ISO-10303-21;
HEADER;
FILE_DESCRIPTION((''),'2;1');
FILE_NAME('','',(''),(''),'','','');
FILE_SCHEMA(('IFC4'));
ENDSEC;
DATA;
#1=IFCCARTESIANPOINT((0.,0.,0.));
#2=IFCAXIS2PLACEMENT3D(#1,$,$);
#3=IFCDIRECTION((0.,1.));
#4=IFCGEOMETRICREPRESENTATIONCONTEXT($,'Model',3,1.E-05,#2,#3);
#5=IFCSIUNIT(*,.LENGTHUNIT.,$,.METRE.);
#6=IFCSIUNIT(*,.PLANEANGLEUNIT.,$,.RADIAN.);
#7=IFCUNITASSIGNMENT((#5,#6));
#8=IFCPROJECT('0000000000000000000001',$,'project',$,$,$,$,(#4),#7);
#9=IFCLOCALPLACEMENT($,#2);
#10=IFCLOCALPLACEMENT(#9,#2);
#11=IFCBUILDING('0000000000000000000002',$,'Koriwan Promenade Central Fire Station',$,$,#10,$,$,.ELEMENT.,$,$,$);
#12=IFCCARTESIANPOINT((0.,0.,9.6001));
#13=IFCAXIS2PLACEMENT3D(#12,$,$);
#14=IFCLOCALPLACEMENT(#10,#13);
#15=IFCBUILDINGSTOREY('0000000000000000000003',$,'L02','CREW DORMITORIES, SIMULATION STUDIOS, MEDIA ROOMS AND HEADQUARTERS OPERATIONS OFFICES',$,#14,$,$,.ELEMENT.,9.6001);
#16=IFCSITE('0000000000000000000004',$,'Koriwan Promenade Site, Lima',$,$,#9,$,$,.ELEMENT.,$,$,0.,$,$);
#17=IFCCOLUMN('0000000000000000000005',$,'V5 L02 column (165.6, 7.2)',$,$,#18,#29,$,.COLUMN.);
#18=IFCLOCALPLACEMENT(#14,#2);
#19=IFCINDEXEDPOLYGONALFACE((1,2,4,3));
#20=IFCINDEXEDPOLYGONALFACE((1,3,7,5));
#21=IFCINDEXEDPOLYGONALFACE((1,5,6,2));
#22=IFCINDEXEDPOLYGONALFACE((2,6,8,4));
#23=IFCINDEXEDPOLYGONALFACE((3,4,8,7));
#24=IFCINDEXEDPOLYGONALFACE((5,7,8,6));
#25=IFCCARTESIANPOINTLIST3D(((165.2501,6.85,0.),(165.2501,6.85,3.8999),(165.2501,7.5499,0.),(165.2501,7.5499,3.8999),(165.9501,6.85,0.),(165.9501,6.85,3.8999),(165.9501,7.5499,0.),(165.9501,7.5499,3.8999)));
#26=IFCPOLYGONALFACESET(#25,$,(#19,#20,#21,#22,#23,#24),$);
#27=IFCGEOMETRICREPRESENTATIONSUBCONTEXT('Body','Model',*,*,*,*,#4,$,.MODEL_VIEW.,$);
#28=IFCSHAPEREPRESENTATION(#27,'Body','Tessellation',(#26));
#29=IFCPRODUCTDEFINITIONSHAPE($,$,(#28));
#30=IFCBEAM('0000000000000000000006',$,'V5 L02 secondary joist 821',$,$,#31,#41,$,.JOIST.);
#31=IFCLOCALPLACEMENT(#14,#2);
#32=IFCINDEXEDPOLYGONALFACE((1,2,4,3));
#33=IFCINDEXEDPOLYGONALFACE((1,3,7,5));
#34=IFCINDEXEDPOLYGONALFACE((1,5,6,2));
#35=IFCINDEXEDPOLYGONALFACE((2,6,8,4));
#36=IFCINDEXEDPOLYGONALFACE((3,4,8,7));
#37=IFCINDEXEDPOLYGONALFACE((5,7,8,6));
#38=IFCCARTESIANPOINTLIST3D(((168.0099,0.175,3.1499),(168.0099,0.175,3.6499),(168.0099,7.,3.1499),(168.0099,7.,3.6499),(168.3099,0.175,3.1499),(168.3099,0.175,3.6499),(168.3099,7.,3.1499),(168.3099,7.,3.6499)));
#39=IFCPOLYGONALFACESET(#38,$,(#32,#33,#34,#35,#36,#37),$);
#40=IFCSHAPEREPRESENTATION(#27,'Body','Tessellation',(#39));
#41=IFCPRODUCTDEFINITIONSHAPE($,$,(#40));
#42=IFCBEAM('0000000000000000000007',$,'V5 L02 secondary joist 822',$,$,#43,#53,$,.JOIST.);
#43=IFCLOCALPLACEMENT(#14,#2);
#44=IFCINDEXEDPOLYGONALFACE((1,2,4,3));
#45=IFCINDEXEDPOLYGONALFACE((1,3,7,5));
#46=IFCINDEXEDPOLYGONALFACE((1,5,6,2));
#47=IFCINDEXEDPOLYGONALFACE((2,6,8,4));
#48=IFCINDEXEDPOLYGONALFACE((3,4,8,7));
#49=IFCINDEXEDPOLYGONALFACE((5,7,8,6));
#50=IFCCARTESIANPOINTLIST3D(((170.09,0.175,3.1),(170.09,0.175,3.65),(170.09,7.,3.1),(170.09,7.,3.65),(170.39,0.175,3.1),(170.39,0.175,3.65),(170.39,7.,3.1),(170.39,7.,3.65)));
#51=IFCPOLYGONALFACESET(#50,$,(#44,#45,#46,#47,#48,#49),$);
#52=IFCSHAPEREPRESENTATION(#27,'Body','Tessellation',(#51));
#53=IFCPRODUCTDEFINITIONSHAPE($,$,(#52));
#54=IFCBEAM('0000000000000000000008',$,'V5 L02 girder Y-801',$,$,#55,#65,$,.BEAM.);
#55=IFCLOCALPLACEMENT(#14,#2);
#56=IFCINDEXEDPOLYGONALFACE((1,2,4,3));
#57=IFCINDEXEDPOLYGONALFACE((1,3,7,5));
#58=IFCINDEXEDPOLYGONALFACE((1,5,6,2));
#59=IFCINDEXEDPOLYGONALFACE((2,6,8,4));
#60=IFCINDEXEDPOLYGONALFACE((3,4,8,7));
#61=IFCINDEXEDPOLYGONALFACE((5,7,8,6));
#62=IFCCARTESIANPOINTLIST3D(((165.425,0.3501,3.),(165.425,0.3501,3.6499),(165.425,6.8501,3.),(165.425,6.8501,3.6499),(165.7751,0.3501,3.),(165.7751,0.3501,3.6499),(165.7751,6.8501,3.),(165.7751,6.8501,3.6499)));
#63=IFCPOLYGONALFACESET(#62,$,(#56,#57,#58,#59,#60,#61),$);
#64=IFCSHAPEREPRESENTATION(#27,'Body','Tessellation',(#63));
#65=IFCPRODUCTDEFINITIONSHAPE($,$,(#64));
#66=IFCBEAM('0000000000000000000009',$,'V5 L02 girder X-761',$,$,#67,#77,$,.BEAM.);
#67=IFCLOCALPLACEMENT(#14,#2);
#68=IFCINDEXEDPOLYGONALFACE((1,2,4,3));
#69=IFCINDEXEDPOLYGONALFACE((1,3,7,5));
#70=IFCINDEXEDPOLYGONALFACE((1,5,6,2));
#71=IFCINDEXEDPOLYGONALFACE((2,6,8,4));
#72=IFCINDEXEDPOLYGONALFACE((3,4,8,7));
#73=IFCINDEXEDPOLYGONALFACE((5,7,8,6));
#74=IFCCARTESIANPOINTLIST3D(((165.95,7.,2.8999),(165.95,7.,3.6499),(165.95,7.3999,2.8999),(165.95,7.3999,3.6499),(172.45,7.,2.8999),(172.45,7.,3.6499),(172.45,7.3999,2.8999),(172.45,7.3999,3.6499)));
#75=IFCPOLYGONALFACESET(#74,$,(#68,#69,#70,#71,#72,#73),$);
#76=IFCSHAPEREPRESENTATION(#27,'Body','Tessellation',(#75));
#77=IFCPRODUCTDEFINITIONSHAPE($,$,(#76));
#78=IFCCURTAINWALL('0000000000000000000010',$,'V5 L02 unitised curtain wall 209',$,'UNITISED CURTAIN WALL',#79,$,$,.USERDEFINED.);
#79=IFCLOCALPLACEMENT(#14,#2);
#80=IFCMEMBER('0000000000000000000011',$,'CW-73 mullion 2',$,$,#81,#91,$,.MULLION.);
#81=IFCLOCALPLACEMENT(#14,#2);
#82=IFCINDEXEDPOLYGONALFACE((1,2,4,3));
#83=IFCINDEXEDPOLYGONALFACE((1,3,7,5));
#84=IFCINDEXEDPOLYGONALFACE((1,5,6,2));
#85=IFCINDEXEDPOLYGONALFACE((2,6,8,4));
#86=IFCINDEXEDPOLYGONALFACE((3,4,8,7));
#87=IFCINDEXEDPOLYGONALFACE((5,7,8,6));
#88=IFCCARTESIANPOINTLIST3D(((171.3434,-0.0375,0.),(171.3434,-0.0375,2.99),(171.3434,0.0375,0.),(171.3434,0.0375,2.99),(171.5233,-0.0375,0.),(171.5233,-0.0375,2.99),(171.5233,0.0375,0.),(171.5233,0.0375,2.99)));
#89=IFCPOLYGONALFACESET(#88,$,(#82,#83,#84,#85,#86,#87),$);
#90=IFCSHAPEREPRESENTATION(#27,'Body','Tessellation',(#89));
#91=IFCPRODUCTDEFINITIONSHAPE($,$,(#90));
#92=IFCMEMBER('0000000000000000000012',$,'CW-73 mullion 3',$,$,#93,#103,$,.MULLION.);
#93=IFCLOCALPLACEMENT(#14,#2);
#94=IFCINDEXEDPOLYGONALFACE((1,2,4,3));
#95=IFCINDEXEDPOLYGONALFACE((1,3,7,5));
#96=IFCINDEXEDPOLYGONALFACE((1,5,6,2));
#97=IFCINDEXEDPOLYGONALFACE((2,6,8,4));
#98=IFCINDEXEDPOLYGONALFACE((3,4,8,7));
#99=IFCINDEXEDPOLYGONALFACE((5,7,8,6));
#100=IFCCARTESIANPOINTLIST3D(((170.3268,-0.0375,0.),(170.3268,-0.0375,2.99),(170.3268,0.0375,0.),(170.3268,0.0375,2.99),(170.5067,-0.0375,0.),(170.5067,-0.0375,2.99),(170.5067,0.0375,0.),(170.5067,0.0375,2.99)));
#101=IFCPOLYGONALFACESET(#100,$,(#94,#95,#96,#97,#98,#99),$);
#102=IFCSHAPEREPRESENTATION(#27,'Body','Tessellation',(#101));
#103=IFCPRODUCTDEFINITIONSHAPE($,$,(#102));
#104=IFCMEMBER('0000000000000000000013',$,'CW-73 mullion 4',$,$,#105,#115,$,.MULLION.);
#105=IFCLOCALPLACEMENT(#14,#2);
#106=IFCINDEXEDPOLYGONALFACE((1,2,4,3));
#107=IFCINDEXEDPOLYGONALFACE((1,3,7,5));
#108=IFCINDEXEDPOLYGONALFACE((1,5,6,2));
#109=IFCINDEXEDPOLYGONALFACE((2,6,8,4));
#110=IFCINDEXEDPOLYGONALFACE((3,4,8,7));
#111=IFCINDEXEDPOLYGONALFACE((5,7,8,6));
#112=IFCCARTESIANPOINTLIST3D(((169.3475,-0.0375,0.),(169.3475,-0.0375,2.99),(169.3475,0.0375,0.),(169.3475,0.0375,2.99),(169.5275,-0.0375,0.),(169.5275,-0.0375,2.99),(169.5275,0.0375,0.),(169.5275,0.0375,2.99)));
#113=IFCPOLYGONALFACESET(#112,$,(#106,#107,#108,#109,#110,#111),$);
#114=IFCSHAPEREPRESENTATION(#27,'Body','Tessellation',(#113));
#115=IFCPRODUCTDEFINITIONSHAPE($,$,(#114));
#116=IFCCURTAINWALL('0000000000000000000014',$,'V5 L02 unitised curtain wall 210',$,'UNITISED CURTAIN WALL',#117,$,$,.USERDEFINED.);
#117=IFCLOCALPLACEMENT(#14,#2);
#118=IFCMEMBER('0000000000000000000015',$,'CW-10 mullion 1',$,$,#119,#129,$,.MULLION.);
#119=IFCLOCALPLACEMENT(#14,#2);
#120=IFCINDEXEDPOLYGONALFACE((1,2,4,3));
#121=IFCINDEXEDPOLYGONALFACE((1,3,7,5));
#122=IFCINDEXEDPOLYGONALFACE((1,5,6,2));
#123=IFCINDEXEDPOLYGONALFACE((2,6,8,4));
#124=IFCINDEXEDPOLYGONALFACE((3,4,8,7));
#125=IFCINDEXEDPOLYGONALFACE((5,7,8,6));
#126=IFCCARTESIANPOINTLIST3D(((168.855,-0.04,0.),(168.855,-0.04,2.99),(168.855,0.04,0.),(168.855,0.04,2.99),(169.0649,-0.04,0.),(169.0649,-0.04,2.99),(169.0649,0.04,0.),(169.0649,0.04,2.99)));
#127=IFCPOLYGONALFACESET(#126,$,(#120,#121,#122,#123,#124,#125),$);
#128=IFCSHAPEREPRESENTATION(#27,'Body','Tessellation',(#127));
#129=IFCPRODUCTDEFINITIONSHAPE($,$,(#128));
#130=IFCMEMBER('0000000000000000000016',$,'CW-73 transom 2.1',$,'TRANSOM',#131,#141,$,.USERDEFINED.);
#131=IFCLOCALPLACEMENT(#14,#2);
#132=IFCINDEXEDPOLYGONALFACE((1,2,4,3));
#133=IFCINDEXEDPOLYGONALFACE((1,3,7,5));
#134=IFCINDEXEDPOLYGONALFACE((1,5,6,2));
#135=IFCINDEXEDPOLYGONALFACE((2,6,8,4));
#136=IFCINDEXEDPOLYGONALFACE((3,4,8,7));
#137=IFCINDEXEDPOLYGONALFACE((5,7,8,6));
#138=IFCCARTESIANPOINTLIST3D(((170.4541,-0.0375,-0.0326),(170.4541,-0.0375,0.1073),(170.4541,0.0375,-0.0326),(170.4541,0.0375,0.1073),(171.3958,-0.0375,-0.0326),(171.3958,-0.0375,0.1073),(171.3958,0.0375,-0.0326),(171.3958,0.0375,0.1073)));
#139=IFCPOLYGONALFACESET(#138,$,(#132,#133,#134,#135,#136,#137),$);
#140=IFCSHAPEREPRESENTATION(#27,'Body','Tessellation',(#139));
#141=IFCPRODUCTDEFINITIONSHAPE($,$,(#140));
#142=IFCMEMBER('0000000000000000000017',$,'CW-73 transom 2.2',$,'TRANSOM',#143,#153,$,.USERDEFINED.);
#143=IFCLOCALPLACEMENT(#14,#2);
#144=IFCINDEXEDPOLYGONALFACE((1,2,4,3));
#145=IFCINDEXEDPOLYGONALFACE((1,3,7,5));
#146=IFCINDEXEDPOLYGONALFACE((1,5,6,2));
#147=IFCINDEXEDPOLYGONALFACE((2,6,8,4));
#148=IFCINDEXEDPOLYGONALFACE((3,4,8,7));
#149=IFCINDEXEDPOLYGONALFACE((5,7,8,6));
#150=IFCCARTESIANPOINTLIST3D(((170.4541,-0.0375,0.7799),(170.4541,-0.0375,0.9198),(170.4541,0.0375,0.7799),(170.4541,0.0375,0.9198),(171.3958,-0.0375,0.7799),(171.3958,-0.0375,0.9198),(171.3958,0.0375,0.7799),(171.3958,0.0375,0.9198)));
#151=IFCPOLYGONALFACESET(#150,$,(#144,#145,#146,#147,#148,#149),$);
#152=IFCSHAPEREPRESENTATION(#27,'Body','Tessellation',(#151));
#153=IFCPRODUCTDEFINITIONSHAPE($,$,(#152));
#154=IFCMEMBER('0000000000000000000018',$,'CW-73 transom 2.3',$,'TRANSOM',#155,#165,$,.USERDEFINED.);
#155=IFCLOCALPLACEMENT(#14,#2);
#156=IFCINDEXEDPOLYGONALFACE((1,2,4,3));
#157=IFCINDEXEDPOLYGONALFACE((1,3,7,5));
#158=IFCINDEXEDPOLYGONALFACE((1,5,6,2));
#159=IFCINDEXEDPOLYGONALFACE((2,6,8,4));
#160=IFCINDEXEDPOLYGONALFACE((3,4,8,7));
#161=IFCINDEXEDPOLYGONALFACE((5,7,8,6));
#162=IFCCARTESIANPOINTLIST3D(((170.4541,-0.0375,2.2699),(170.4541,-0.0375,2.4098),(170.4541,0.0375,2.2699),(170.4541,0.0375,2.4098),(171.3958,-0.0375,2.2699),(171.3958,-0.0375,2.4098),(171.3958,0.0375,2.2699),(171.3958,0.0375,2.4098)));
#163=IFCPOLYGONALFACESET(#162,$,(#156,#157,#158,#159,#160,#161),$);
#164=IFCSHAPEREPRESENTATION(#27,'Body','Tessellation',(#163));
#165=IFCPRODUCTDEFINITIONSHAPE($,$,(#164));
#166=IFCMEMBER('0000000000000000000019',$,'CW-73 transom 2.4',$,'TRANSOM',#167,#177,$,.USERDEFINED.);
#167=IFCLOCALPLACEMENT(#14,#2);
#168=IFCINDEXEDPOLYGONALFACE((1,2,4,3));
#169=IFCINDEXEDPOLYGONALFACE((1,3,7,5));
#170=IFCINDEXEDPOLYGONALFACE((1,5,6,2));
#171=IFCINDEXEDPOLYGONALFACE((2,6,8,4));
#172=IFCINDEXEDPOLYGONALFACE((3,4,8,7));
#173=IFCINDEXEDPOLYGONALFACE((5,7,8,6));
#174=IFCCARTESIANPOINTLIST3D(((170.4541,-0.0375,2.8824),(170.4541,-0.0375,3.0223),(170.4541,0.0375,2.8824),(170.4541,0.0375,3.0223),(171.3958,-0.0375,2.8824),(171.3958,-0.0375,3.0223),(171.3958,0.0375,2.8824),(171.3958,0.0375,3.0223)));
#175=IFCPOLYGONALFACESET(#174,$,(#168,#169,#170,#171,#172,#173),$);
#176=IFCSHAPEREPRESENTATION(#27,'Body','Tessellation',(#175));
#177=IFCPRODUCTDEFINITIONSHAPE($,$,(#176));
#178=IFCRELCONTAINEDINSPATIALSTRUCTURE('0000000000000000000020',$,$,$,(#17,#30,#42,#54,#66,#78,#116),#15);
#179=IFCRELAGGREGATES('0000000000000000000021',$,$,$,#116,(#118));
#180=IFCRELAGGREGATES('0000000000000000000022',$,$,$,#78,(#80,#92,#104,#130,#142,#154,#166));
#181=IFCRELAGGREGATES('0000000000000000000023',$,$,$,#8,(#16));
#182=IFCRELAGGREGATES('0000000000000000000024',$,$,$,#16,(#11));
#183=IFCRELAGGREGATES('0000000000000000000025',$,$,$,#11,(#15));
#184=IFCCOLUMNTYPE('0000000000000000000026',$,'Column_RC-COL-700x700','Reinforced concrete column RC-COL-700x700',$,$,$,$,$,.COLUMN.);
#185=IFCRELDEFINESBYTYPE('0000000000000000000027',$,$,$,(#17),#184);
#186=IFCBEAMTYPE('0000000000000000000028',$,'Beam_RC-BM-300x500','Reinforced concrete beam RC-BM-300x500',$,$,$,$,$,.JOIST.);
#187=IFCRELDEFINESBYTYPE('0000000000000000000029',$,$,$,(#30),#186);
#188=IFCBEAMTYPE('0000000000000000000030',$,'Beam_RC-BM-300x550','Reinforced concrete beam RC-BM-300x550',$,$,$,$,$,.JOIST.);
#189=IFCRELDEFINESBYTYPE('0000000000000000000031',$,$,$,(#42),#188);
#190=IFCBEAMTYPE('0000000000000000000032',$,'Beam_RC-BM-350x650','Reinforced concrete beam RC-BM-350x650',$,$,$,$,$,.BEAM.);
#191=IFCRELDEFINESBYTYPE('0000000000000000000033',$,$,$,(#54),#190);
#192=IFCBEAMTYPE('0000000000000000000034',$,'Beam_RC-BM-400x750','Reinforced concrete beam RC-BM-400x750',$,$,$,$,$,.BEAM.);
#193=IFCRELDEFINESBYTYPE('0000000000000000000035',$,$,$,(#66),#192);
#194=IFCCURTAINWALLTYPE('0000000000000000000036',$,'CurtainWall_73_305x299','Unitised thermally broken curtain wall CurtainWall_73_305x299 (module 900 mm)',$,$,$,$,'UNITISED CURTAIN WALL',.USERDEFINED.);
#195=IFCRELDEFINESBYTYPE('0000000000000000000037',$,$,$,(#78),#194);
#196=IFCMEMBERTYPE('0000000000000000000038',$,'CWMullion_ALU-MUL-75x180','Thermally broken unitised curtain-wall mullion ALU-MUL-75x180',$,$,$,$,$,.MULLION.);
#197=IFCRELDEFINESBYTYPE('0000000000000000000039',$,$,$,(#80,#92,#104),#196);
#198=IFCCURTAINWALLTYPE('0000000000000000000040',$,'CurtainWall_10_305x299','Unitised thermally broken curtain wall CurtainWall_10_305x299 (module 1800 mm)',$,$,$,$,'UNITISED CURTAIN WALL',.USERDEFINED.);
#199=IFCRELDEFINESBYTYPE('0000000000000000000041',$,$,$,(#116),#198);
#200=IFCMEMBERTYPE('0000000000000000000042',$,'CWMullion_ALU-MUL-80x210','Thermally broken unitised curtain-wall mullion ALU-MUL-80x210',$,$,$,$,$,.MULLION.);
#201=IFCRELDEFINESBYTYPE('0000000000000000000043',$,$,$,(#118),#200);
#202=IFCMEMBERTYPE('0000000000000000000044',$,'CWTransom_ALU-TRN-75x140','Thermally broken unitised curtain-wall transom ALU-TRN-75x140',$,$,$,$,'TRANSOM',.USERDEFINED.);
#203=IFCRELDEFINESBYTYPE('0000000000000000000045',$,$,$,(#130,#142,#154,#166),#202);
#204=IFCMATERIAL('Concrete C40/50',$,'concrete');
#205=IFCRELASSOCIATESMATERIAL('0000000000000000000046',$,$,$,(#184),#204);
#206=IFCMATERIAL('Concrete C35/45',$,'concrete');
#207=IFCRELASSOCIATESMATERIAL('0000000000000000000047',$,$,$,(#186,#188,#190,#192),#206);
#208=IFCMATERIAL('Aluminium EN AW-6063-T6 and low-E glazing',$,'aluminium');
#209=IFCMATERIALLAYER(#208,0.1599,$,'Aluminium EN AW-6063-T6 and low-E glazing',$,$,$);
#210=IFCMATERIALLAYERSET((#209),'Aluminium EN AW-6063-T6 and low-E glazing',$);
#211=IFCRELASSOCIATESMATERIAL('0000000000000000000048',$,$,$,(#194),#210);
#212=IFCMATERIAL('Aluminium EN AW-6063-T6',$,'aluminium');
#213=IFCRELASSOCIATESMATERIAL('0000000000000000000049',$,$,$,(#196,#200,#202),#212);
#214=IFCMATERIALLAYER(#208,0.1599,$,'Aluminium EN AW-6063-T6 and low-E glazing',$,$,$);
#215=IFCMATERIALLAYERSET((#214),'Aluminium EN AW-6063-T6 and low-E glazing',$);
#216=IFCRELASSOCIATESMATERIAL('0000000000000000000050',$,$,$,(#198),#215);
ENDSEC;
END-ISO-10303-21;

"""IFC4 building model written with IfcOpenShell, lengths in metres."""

from ifc_helpers import new_model, si_unit, direction, frame, origin, origin_2d, place, context, subcontext, project, spatial, rectangle, extrude, material, layer, layer_set, material_profile, profile_set, type_object, element, aggregate, save


model = new_model("IFC4")

# Units and contexts
model_context = context("Model", 3, precision=1e-05, world=origin(), true_north=direction((0.0, 1.0)))
body_context = subcontext(model_context, "Body", "Model", "MODEL_VIEW")
ifc_project = project(units=[si_unit("LENGTHUNIT", "METRE"), si_unit("PLANEANGLEUNIT", "RADIAN")], contexts=[model_context])

# Site, building, storey
site_placement = place(None, origin())
site = spatial("IfcSite", under=ifc_project, at=site_placement, Name="Koriwan Promenade Site, Lima", CompositionType="ELEMENT", RefElevation=0.0)
building_placement = place(site_placement, origin())
building = spatial("IfcBuilding", under=site, at=building_placement, Name="Koriwan Promenade Central Fire Station", CompositionType="ELEMENT")
storey_placement = place(building_placement, frame((0.0, 0.0, 9.6001)))
storey = spatial("IfcBuildingStorey", under=building, at=storey_placement, Name="L02", Description="CREW DORMITORIES, SIMULATION STUDIOS, MEDIA ROOMS AND HEADQUARTERS OPERATIONS OFFICES", CompositionType="ELEMENT", Elevation=9.6001)

# Column
ifc_material_1 = material(Name="Concrete C40/50", Category="concrete")
ifc_material_profile_1 = material_profile(ifc_material_1, rectangle(XDim=0.7, YDim=0.7, at=origin_2d()), Name="RC-COL-700x700")
ifc_profile_set_1 = profile_set([ifc_material_profile_1], Name="Concrete C40/50")
column_type = type_object("IfcColumnType", Name="Column_RC-COL-700x700", Description="Reinforced concrete column RC-COL-700x700", PredefinedType="COLUMN", material=ifc_profile_set_1)
column_placement = place(storey_placement, frame((165.6001, 7.2, 0.0), z_axis=(0.0, 0.0, 1.0), x_axis=(1.0, 0.0, 0.0)))
element("IfcColumn", 1, at=column_placement, inside=storey, type_object=column_type, Name="V5 L02 column (165.6, 7.2)", PredefinedType="COLUMN", context=body_context, shape_type="SweptSolid", body=[
    extrude(rectangle(XDim=0.7, YDim=0.7, at=origin_2d()), origin(), (0.0, 0.0, 1.0), 3.8999),
])

# Beams
ifc_material_2 = material(Name="Concrete C35/45", Category="concrete")
ifc_material_profile_2 = material_profile(ifc_material_2, rectangle(XDim=0.3, YDim=0.5, at=origin_2d()), Name="RC-BM-300x500")
ifc_profile_set_2 = profile_set([ifc_material_profile_2], Name="Concrete C35/45")
beam_type_1 = type_object("IfcBeamType", Name="Beam_RC-BM-300x500", Description="Reinforced concrete beam RC-BM-300x500", PredefinedType="JOIST", material=ifc_profile_set_2)
beam_1_placement = place(storey_placement, frame((168.1599, 0.175, 3.3999), z_axis=(0.0, 1.0, 0.0), x_axis=(-1.0, 0.0, 0.0)))
element("IfcBeam", 2, at=beam_1_placement, inside=storey, type_object=beam_type_1, Name="V5 L02 secondary joist 821", PredefinedType="JOIST", context=body_context, shape_type="SweptSolid", body=[
    extrude(rectangle(XDim=0.3, YDim=0.5, at=origin_2d()), origin(), (0.0, 0.0, 1.0), 6.825),
])
ifc_material_profile_3 = material_profile(ifc_material_2, rectangle(XDim=0.3, YDim=0.55, at=origin_2d()), Name="RC-BM-300x550")
ifc_profile_set_3 = profile_set([ifc_material_profile_3], Name="Concrete C35/45")
beam_type_2 = type_object("IfcBeamType", Name="Beam_RC-BM-300x550", Description="Reinforced concrete beam RC-BM-300x550", PredefinedType="JOIST", material=ifc_profile_set_3)
beam_2_placement = place(storey_placement, frame((170.24, 0.175, 3.375), z_axis=(0.0, 1.0, 0.0), x_axis=(-1.0, 0.0, 0.0)))
element("IfcBeam", 3, at=beam_2_placement, inside=storey, type_object=beam_type_2, Name="V5 L02 secondary joist 822", PredefinedType="JOIST", context=body_context, shape_type="SweptSolid", body=[
    extrude(rectangle(XDim=0.3, YDim=0.55, at=origin_2d()), origin(), (0.0, 0.0, 1.0), 6.825),
])
ifc_material_profile_4 = material_profile(ifc_material_2, rectangle(XDim=0.3501, YDim=0.6499, at=origin_2d()), Name="RC-BM-350x650")
ifc_profile_set_4 = profile_set([ifc_material_profile_4], Name="Concrete C35/45")
beam_type_3 = type_object("IfcBeamType", Name="Beam_RC-BM-350x650", Description="Reinforced concrete beam RC-BM-350x650", PredefinedType="BEAM", material=ifc_profile_set_4)
beam_3_placement = place(storey_placement, frame((165.6001, 0.3501, 3.325), z_axis=(0.0, 1.0, 0.0), x_axis=(-1.0, 0.0, 0.0)))
element("IfcBeam", 4, at=beam_3_placement, inside=storey, type_object=beam_type_3, Name="V5 L02 girder Y-801", PredefinedType="BEAM", context=body_context, shape_type="SweptSolid", body=[
    extrude(rectangle(XDim=0.3501, YDim=0.6499, at=origin_2d()), origin(), (0.0, 0.0, 1.0), 6.5),
])
ifc_material_profile_5 = material_profile(ifc_material_2, rectangle(XDim=0.3999, YDim=0.75, at=origin_2d()), Name="RC-BM-400x750")
ifc_profile_set_5 = profile_set([ifc_material_profile_5], Name="Concrete C35/45")
beam_type_4 = type_object("IfcBeamType", Name="Beam_RC-BM-400x750", Description="Reinforced concrete beam RC-BM-400x750", PredefinedType="BEAM", material=ifc_profile_set_5)
beam_4_placement = place(storey_placement, frame((165.95, 7.2, 3.2749), z_axis=(1.0, 0.0, 0.0), x_axis=(0.0, 1.0, 0.0)))
element("IfcBeam", 5, at=beam_4_placement, inside=storey, type_object=beam_type_4, Name="V5 L02 girder X-761", PredefinedType="BEAM", context=body_context, shape_type="SweptSolid", body=[
    extrude(rectangle(XDim=0.3999, YDim=0.75, at=origin_2d()), origin(), (0.0, 0.0, 1.0), 6.5),
])

# Curtain wall, members
ifc_material_3 = material(Name="Aluminium EN AW-6063-T6 and low-E glazing", Category="aluminium")
ifc_layer_1 = layer(ifc_material_3, 0.1599, Name="Aluminium EN AW-6063-T6 and low-E glazing")
ifc_layer_set_1 = layer_set([ifc_layer_1], Name="Aluminium EN AW-6063-T6 and low-E glazing")
curtain_wall_type_1 = type_object("IfcCurtainWallType", Name="CurtainWall_73_305x299", Description="Unitised thermally broken curtain wall CurtainWall_73_305x299 (module 900 mm)", ElementType="UNITISED CURTAIN WALL", PredefinedType="USERDEFINED", material=ifc_layer_set_1)
curtain_wall_1_placement = place(storey_placement, origin())
curtain_wall_1 = element("IfcCurtainWall", 6, at=curtain_wall_1_placement, inside=storey, type_object=curtain_wall_type_1, Name="V5 L02 unitised curtain wall 209", ObjectType="UNITISED CURTAIN WALL", PredefinedType="USERDEFINED")
ifc_material_4 = material(Name="Aluminium EN AW-6063-T6", Category="aluminium")
ifc_material_profile_6 = material_profile(ifc_material_4, rectangle(XDim=0.075, YDim=0.1799, at=origin_2d()), Name="ALU-MUL-75x180")
ifc_profile_set_6 = profile_set([ifc_material_profile_6], Name="Aluminium EN AW-6063-T6")
member_type_1 = type_object("IfcMemberType", Name="CWMullion_ALU-MUL-75x180", Description="Thermally broken unitised curtain-wall mullion ALU-MUL-75x180", PredefinedType="MULLION", material=ifc_profile_set_6)
member_1_placement = place(storey_placement, frame((171.4333, 0.0, 0.0), z_axis=(0.0, 0.0, 1.0), x_axis=(0.0, -1.0, 0.0)))
member_1 = element("IfcMember", 7, at=member_1_placement, type_object=member_type_1, Name="CW-73 mullion 2", PredefinedType="MULLION", context=body_context, shape_type="SweptSolid", body=[
    extrude(rectangle(XDim=0.075, YDim=0.1799, at=origin_2d()), origin(), (0.0, 0.0, 1.0), 2.99),
])
member_2_placement = place(storey_placement, frame((170.4167, 0.0, 0.0), z_axis=(0.0, 0.0, 1.0), x_axis=(0.0, -1.0, 0.0)))
member_2 = element("IfcMember", 8, at=member_2_placement, type_object=member_type_1, Name="CW-73 mullion 3", PredefinedType="MULLION", context=body_context, shape_type="SweptSolid", body=[
    extrude(rectangle(XDim=0.075, YDim=0.1799, at=origin_2d()), origin(), (0.0, 0.0, 1.0), 2.99),
])
member_3_placement = place(storey_placement, frame((169.4375, 0.0, 0.0), z_axis=(0.0, 0.0, 1.0), x_axis=(0.0, -1.0, 0.0)))
member_3 = element("IfcMember", 9, at=member_3_placement, type_object=member_type_1, Name="CW-73 mullion 4", PredefinedType="MULLION", context=body_context, shape_type="SweptSolid", body=[
    extrude(rectangle(XDim=0.075, YDim=0.1799, at=origin_2d()), origin(), (0.0, 0.0, 1.0), 2.99),
])

# Curtain wall, member
ifc_layer_2 = layer(ifc_material_3, 0.1599, Name="Aluminium EN AW-6063-T6 and low-E glazing")
ifc_layer_set_2 = layer_set([ifc_layer_2], Name="Aluminium EN AW-6063-T6 and low-E glazing")
curtain_wall_type_2 = type_object("IfcCurtainWallType", Name="CurtainWall_10_305x299", Description="Unitised thermally broken curtain wall CurtainWall_10_305x299 (module 1800 mm)", ElementType="UNITISED CURTAIN WALL", PredefinedType="USERDEFINED", material=ifc_layer_set_2)
curtain_wall_2_placement = place(storey_placement, origin())
curtain_wall_2 = element("IfcCurtainWall", 10, at=curtain_wall_2_placement, inside=storey, type_object=curtain_wall_type_2, Name="V5 L02 unitised curtain wall 210", ObjectType="UNITISED CURTAIN WALL", PredefinedType="USERDEFINED")
ifc_material_profile_7 = material_profile(ifc_material_4, rectangle(XDim=0.0801, YDim=0.21, at=origin_2d()), Name="ALU-MUL-80x210")
ifc_profile_set_7 = profile_set([ifc_material_profile_7], Name="Aluminium EN AW-6063-T6")
member_type_2 = type_object("IfcMemberType", Name="CWMullion_ALU-MUL-80x210", Description="Thermally broken unitised curtain-wall mullion ALU-MUL-80x210", PredefinedType="MULLION", material=ifc_profile_set_7)
member_4_placement = place(storey_placement, frame((168.96, 0.0, 0.0), z_axis=(0.0, 0.0, 1.0), x_axis=(0.0, -1.0, 0.0)))
member_4 = element("IfcMember", 11, at=member_4_placement, type_object=member_type_2, Name="CW-10 mullion 1", PredefinedType="MULLION", context=body_context, shape_type="SweptSolid", body=[
    extrude(rectangle(XDim=0.0801, YDim=0.21, at=origin_2d()), origin(), (0.0, 0.0, 1.0), 2.99),
])

# Members
ifc_material_profile_8 = material_profile(ifc_material_4, rectangle(XDim=0.075, YDim=0.1399, at=origin_2d()), Name="ALU-TRN-75x140")
ifc_profile_set_8 = profile_set([ifc_material_profile_8], Name="Aluminium EN AW-6063-T6")
member_type_3 = type_object("IfcMemberType", Name="CWTransom_ALU-TRN-75x140", Description="Thermally broken unitised curtain-wall transom ALU-TRN-75x140", ElementType="TRANSOM", PredefinedType="USERDEFINED", material=ifc_profile_set_8)
member_5_placement = place(storey_placement, frame((171.3958, 0.0, 0.0374), z_axis=(-1.0, 0.0, 0.0), x_axis=(0.0, -1.0, 0.0)))
member_5 = element("IfcMember", 12, at=member_5_placement, type_object=member_type_3, Name="CW-73 transom 2.1", ObjectType="TRANSOM", PredefinedType="USERDEFINED", context=body_context, shape_type="SweptSolid", body=[
    extrude(rectangle(XDim=0.075, YDim=0.1399, at=origin_2d()), origin(), (0.0, 0.0, 1.0), 0.9417),
])
member_6_placement = place(storey_placement, frame((171.3958, 0.0, 0.8499), z_axis=(-1.0, 0.0, 0.0), x_axis=(0.0, -1.0, 0.0)))
member_6 = element("IfcMember", 13, at=member_6_placement, type_object=member_type_3, Name="CW-73 transom 2.2", ObjectType="TRANSOM", PredefinedType="USERDEFINED", context=body_context, shape_type="SweptSolid", body=[
    extrude(rectangle(XDim=0.075, YDim=0.1399, at=origin_2d()), origin(), (0.0, 0.0, 1.0), 0.9417),
])
member_7_placement = place(storey_placement, frame((171.3958, 0.0, 2.3398), z_axis=(-1.0, 0.0, 0.0), x_axis=(0.0, -1.0, 0.0)))
member_7 = element("IfcMember", 14, at=member_7_placement, type_object=member_type_3, Name="CW-73 transom 2.3", ObjectType="TRANSOM", PredefinedType="USERDEFINED", context=body_context, shape_type="SweptSolid", body=[
    extrude(rectangle(XDim=0.075, YDim=0.1399, at=origin_2d()), origin(), (0.0, 0.0, 1.0), 0.9417),
])
member_8_placement = place(storey_placement, frame((171.3958, 0.0, 2.9524), z_axis=(-1.0, 0.0, 0.0), x_axis=(0.0, -1.0, 0.0)))
member_8 = element("IfcMember", 15, at=member_8_placement, type_object=member_type_3, Name="CW-73 transom 2.4", ObjectType="TRANSOM", PredefinedType="USERDEFINED", context=body_context, shape_type="SweptSolid", body=[
    extrude(rectangle(XDim=0.075, YDim=0.1399, at=origin_2d()), origin(), (0.0, 0.0, 1.0), 0.9417),
])
aggregate(curtain_wall_2, [member_4])

aggregate(curtain_wall_1, [member_1, member_2, member_3, member_5, member_6, member_7, member_8])

save(model, "model.ifc")
